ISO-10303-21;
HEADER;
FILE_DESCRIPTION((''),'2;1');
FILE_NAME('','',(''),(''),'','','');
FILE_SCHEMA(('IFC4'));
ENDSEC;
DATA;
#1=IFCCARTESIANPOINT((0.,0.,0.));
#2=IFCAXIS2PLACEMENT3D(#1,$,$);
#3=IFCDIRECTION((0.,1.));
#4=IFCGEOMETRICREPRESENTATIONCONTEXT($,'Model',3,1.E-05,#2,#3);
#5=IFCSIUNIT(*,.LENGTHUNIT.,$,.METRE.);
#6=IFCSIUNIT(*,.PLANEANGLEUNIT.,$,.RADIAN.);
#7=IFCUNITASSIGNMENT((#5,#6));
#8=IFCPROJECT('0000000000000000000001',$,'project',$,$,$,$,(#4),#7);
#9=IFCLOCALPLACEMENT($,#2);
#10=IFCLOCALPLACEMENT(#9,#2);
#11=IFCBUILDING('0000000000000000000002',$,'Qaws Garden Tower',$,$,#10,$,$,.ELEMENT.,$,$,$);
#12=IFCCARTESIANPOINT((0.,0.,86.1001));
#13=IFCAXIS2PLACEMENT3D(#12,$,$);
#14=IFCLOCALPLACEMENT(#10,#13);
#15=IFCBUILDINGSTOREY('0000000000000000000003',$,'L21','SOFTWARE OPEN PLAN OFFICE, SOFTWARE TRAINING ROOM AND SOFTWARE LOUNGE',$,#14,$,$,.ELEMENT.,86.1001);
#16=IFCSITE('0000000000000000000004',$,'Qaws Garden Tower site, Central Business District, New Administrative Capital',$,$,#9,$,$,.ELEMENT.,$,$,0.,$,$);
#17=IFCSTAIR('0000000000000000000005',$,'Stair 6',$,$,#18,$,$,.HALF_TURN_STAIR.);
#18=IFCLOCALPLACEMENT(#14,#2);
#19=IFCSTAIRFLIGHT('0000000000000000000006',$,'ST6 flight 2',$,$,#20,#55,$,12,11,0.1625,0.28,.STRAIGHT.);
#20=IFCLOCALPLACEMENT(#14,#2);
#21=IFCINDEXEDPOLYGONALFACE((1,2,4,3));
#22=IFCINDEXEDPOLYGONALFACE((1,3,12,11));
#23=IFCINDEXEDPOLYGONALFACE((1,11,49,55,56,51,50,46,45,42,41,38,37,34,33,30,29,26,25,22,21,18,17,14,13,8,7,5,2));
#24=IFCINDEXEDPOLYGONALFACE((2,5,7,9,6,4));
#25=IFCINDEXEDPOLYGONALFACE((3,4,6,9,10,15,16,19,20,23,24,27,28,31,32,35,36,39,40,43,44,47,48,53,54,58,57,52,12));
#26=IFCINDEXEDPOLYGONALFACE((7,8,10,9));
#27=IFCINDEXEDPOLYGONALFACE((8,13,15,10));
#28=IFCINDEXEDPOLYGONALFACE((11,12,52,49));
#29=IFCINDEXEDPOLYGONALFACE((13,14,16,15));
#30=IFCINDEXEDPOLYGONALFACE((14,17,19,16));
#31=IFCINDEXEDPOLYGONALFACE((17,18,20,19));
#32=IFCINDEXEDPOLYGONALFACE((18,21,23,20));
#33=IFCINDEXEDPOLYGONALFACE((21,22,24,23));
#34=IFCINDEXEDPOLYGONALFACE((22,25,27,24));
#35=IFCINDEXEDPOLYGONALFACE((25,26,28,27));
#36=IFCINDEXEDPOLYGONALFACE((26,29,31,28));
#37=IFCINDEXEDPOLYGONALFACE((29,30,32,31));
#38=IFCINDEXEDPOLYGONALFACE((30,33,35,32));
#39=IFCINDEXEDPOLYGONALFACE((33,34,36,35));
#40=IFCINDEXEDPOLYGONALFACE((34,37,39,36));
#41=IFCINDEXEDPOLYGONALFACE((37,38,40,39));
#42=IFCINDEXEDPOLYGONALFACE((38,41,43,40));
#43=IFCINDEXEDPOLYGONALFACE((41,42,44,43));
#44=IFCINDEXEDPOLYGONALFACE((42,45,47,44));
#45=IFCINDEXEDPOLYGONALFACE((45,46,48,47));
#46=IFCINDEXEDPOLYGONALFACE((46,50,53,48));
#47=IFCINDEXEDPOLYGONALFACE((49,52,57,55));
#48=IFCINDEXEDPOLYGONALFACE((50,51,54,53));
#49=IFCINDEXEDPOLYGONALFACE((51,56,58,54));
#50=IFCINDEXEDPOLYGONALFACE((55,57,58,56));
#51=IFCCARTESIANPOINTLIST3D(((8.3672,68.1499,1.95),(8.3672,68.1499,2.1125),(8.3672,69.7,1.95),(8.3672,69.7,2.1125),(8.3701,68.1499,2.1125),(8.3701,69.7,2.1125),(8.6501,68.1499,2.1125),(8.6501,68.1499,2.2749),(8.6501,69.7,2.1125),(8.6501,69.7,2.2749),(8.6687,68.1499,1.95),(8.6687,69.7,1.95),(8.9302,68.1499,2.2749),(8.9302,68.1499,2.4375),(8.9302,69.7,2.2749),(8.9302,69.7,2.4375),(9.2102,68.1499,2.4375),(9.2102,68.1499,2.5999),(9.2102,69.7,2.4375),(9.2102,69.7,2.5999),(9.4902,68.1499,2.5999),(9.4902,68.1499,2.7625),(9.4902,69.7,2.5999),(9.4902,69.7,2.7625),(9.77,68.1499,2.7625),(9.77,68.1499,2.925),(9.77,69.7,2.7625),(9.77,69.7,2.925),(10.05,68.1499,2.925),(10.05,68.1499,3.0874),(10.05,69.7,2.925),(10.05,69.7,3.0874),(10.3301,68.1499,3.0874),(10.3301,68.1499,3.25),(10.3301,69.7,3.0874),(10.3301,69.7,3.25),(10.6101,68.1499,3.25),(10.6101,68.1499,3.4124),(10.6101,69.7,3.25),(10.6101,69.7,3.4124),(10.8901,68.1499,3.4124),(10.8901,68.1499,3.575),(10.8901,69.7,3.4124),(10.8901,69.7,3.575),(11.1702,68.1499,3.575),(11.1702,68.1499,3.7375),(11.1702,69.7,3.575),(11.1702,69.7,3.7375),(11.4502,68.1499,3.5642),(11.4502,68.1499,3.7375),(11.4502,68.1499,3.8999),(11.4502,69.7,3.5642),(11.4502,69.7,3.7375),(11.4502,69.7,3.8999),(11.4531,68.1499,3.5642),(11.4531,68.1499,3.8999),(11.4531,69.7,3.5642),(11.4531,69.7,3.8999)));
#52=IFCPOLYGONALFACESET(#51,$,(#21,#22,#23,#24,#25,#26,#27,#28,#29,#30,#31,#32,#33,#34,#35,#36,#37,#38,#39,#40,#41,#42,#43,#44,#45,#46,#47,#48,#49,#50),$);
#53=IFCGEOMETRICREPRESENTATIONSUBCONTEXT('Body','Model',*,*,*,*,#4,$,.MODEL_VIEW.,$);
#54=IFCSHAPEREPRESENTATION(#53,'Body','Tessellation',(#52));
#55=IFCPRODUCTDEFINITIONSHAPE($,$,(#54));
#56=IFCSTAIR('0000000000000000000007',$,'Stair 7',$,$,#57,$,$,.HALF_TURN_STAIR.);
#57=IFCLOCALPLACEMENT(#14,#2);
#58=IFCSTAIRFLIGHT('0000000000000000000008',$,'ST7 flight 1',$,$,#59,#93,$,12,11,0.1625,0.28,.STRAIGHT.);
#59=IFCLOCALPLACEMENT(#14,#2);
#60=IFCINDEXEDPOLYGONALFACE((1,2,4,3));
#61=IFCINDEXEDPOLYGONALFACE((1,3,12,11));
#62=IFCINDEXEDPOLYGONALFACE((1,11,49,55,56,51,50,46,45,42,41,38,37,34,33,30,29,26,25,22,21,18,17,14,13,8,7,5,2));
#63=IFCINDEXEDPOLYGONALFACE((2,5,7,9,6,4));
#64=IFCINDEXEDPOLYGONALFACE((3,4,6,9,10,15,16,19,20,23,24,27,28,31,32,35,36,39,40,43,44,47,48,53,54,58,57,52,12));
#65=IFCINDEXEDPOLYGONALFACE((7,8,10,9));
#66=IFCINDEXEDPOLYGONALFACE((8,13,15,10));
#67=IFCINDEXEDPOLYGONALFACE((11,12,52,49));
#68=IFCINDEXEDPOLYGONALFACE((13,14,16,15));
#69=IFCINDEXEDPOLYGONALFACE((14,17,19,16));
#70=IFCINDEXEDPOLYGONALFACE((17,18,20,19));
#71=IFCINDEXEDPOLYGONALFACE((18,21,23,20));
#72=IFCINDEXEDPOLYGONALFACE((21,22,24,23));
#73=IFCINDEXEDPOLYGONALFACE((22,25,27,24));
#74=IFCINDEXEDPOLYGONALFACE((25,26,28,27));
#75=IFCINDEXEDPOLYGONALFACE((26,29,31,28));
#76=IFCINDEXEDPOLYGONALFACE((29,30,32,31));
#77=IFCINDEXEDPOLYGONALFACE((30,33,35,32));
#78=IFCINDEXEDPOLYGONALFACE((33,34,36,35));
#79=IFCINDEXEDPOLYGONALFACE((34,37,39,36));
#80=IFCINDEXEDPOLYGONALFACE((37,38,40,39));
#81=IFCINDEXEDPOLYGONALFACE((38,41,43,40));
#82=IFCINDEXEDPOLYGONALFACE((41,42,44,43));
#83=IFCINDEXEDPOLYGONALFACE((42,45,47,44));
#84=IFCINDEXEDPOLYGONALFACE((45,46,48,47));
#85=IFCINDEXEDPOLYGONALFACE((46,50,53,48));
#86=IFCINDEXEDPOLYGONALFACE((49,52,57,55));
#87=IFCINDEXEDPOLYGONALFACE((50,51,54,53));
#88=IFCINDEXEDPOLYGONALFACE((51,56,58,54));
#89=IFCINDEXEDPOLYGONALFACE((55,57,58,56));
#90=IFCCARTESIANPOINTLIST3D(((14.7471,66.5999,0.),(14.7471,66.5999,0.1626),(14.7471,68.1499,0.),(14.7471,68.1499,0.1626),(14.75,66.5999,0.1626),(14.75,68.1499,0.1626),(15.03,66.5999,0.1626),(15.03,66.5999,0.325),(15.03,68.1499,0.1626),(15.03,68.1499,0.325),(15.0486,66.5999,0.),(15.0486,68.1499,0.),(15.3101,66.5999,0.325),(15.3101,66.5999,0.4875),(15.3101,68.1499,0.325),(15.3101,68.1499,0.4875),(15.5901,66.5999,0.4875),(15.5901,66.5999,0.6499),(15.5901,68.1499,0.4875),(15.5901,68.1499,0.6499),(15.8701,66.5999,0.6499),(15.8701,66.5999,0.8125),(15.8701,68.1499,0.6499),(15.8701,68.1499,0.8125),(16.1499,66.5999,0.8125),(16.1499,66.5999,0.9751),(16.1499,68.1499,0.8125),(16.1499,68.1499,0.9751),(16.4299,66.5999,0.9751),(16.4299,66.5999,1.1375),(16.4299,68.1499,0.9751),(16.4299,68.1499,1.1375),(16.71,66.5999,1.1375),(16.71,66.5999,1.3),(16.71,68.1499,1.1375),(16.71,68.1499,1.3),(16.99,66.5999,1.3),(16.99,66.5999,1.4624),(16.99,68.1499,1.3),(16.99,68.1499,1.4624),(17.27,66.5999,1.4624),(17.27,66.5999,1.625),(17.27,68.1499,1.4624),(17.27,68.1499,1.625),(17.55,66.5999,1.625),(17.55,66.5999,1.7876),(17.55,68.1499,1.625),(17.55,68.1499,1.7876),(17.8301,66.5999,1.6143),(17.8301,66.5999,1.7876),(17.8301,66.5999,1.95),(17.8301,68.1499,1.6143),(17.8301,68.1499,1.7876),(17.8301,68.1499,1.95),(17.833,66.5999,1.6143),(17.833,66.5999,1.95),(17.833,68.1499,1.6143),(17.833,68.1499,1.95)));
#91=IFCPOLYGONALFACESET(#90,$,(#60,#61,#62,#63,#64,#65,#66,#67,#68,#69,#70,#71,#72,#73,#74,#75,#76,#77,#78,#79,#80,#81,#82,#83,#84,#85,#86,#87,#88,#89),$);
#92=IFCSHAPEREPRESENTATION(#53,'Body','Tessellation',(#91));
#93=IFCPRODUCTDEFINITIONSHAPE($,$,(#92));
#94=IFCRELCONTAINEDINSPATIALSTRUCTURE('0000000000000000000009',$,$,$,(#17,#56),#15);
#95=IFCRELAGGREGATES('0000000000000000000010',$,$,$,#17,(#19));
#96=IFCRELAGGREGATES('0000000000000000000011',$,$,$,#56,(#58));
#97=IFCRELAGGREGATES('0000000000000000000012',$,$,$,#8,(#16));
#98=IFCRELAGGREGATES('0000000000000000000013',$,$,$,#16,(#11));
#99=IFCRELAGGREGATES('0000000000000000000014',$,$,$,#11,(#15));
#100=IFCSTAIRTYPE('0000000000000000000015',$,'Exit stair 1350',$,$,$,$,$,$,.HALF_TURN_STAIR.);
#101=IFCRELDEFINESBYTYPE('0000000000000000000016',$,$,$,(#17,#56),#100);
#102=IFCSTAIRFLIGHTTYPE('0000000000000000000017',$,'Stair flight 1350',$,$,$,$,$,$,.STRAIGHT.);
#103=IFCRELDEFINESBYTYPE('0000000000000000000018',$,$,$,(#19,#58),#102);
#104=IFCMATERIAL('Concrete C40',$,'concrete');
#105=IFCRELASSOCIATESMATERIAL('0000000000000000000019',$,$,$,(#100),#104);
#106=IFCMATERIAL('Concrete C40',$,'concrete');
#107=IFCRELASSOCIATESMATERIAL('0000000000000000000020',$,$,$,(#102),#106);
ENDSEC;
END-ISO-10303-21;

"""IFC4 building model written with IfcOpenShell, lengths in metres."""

from ifc_helpers import new_model, si_unit, direction, frame, origin, place, context, subcontext, project, spatial, polyline, outline, extrude, material, type_object, element, aggregate, save


model = new_model("IFC4")

# Units and contexts
model_context = context("Model", 3, precision=1e-05, world=origin(), true_north=direction((0.0, 1.0)))
body_context = subcontext(model_context, "Body", "Model", "MODEL_VIEW")
ifc_project = project(units=[si_unit("LENGTHUNIT", "METRE"), si_unit("PLANEANGLEUNIT", "RADIAN")], contexts=[model_context])

# Site, building, storey
site_placement = place(None, origin())
site = spatial("IfcSite", under=ifc_project, at=site_placement, Name="Qaws Garden Tower site, Central Business District, New Administrative Capital", CompositionType="ELEMENT", RefElevation=0.0)
building_placement = place(site_placement, origin())
building = spatial("IfcBuilding", under=site, at=building_placement, Name="Qaws Garden Tower", CompositionType="ELEMENT")
storey_placement = place(building_placement, frame((0.0, 0.0, 86.1001)))
storey = spatial("IfcBuildingStorey", under=building, at=storey_placement, Name="L21", Description="SOFTWARE OPEN PLAN OFFICE, SOFTWARE TRAINING ROOM AND SOFTWARE LOUNGE", CompositionType="ELEMENT", Elevation=86.1001)

# Stair, stair flight
ifc_material_1 = material(Name="Concrete C40", Category="concrete")
stair_type = type_object("IfcStairType", Name="Exit stair 1350", PredefinedType="HALF_TURN_STAIR", material=ifc_material_1)
placement = place(storey_placement, origin())
stair_1 = element("IfcStair", 1, at=placement, inside=storey, type_object=stair_type, Name="Stair 6", PredefinedType="HALF_TURN_STAIR")
ifc_material_2 = material(Name="Concrete C40", Category="concrete")
stair_flight_type = type_object("IfcStairFlightType", Name="Stair flight 1350", PredefinedType="STRAIGHT", material=ifc_material_2)
stair_flight_1_placement = place(storey_placement, frame((8.3701, 68.925, 1.95), z_axis=(0.0, 0.0, 1.0), x_axis=(1.0, 0.0, 0.0)))
stair_flight_1 = element("IfcStairFlight", 2, at=stair_flight_1_placement, type_object=stair_flight_type, Name="ST6 flight 2", NumberOfRisers=12, NumberOfTreads=11, PredefinedType="STRAIGHT", RiserHeight=0.1625, TreadLength=0.28, context=body_context, shape_type="SweptSolid", body=[
    extrude(outline(polyline([(-0.0029, 0.0), (-0.0029, 0.1626), (0.0, 0.1626), (0.28, 0.1626), (0.28, 0.325), (0.5601, 0.325), (0.5601, 0.4875), (0.8401, 0.4875), (0.8401, 0.6499), (1.1201, 0.6499), (1.1201, 0.8125), (1.3999, 0.8125), (1.3999, 0.9751), (1.6799, 0.9751), (1.6799, 1.1375), (1.96, 1.1375), (1.96, 1.3), (2.24, 1.3), (2.24, 1.4624), (2.52, 1.4624), (2.52, 1.625), (2.8, 1.625), (2.8, 1.7876), (3.0801, 1.7876), (3.0801, 1.95), (3.083, 1.95), (3.083, 1.6143), (3.0801, 1.6143), (0.2986, 0.0), (-0.0029, 0.0)])), frame((0.0, 0.7749, 0.0), z_axis=(0.0, -1.0, 0.0), x_axis=(1.0, 0.0, 0.0)), (0.0, 0.0, 1.0), 1.55),
])
aggregate(stair_1, [stair_flight_1])

# Stair, stair flight
stair_2 = element("IfcStair", 3, at=placement, inside=storey, type_object=stair_type, Name="Stair 7", PredefinedType="HALF_TURN_STAIR")
stair_flight_2_placement = place(storey_placement, frame((14.75, 67.375, 0.0), z_axis=(0.0, 0.0, 1.0), x_axis=(1.0, 0.0, 0.0)))
stair_flight_2 = element("IfcStairFlight", 4, at=stair_flight_2_placement, type_object=stair_flight_type, Name="ST7 flight 1", NumberOfRisers=12, NumberOfTreads=11, PredefinedType="STRAIGHT", RiserHeight=0.1625, TreadLength=0.28, context=body_context, shape_type="SweptSolid", body=[
    extrude(outline(polyline([(-0.0029, 0.0), (-0.0029, 0.1626), (0.0, 0.1626), (0.28, 0.1626), (0.28, 0.325), (0.5601, 0.325), (0.5601, 0.4875), (0.8401, 0.4875), (0.8401, 0.6499), (1.1201, 0.6499), (1.1201, 0.8125), (1.3999, 0.8125), (1.3999, 0.9751), (1.6799, 0.9751), (1.6799, 1.1375), (1.96, 1.1375), (1.96, 1.3), (2.24, 1.3), (2.24, 1.4624), (2.52, 1.4624), (2.52, 1.625), (2.8, 1.625), (2.8, 1.7876), (3.0801, 1.7876), (3.0801, 1.95), (3.083, 1.95), (3.083, 1.6143), (3.0801, 1.6143), (0.2986, 0.0), (-0.0029, 0.0)])), frame((0.0, 0.7749, 0.0), z_axis=(0.0, -1.0, 0.0), x_axis=(1.0, 0.0, 0.0)), (0.0, 0.0, 1.0), 1.55),
])
aggregate(stair_2, [stair_flight_2])

save(model, "model.ifc")
